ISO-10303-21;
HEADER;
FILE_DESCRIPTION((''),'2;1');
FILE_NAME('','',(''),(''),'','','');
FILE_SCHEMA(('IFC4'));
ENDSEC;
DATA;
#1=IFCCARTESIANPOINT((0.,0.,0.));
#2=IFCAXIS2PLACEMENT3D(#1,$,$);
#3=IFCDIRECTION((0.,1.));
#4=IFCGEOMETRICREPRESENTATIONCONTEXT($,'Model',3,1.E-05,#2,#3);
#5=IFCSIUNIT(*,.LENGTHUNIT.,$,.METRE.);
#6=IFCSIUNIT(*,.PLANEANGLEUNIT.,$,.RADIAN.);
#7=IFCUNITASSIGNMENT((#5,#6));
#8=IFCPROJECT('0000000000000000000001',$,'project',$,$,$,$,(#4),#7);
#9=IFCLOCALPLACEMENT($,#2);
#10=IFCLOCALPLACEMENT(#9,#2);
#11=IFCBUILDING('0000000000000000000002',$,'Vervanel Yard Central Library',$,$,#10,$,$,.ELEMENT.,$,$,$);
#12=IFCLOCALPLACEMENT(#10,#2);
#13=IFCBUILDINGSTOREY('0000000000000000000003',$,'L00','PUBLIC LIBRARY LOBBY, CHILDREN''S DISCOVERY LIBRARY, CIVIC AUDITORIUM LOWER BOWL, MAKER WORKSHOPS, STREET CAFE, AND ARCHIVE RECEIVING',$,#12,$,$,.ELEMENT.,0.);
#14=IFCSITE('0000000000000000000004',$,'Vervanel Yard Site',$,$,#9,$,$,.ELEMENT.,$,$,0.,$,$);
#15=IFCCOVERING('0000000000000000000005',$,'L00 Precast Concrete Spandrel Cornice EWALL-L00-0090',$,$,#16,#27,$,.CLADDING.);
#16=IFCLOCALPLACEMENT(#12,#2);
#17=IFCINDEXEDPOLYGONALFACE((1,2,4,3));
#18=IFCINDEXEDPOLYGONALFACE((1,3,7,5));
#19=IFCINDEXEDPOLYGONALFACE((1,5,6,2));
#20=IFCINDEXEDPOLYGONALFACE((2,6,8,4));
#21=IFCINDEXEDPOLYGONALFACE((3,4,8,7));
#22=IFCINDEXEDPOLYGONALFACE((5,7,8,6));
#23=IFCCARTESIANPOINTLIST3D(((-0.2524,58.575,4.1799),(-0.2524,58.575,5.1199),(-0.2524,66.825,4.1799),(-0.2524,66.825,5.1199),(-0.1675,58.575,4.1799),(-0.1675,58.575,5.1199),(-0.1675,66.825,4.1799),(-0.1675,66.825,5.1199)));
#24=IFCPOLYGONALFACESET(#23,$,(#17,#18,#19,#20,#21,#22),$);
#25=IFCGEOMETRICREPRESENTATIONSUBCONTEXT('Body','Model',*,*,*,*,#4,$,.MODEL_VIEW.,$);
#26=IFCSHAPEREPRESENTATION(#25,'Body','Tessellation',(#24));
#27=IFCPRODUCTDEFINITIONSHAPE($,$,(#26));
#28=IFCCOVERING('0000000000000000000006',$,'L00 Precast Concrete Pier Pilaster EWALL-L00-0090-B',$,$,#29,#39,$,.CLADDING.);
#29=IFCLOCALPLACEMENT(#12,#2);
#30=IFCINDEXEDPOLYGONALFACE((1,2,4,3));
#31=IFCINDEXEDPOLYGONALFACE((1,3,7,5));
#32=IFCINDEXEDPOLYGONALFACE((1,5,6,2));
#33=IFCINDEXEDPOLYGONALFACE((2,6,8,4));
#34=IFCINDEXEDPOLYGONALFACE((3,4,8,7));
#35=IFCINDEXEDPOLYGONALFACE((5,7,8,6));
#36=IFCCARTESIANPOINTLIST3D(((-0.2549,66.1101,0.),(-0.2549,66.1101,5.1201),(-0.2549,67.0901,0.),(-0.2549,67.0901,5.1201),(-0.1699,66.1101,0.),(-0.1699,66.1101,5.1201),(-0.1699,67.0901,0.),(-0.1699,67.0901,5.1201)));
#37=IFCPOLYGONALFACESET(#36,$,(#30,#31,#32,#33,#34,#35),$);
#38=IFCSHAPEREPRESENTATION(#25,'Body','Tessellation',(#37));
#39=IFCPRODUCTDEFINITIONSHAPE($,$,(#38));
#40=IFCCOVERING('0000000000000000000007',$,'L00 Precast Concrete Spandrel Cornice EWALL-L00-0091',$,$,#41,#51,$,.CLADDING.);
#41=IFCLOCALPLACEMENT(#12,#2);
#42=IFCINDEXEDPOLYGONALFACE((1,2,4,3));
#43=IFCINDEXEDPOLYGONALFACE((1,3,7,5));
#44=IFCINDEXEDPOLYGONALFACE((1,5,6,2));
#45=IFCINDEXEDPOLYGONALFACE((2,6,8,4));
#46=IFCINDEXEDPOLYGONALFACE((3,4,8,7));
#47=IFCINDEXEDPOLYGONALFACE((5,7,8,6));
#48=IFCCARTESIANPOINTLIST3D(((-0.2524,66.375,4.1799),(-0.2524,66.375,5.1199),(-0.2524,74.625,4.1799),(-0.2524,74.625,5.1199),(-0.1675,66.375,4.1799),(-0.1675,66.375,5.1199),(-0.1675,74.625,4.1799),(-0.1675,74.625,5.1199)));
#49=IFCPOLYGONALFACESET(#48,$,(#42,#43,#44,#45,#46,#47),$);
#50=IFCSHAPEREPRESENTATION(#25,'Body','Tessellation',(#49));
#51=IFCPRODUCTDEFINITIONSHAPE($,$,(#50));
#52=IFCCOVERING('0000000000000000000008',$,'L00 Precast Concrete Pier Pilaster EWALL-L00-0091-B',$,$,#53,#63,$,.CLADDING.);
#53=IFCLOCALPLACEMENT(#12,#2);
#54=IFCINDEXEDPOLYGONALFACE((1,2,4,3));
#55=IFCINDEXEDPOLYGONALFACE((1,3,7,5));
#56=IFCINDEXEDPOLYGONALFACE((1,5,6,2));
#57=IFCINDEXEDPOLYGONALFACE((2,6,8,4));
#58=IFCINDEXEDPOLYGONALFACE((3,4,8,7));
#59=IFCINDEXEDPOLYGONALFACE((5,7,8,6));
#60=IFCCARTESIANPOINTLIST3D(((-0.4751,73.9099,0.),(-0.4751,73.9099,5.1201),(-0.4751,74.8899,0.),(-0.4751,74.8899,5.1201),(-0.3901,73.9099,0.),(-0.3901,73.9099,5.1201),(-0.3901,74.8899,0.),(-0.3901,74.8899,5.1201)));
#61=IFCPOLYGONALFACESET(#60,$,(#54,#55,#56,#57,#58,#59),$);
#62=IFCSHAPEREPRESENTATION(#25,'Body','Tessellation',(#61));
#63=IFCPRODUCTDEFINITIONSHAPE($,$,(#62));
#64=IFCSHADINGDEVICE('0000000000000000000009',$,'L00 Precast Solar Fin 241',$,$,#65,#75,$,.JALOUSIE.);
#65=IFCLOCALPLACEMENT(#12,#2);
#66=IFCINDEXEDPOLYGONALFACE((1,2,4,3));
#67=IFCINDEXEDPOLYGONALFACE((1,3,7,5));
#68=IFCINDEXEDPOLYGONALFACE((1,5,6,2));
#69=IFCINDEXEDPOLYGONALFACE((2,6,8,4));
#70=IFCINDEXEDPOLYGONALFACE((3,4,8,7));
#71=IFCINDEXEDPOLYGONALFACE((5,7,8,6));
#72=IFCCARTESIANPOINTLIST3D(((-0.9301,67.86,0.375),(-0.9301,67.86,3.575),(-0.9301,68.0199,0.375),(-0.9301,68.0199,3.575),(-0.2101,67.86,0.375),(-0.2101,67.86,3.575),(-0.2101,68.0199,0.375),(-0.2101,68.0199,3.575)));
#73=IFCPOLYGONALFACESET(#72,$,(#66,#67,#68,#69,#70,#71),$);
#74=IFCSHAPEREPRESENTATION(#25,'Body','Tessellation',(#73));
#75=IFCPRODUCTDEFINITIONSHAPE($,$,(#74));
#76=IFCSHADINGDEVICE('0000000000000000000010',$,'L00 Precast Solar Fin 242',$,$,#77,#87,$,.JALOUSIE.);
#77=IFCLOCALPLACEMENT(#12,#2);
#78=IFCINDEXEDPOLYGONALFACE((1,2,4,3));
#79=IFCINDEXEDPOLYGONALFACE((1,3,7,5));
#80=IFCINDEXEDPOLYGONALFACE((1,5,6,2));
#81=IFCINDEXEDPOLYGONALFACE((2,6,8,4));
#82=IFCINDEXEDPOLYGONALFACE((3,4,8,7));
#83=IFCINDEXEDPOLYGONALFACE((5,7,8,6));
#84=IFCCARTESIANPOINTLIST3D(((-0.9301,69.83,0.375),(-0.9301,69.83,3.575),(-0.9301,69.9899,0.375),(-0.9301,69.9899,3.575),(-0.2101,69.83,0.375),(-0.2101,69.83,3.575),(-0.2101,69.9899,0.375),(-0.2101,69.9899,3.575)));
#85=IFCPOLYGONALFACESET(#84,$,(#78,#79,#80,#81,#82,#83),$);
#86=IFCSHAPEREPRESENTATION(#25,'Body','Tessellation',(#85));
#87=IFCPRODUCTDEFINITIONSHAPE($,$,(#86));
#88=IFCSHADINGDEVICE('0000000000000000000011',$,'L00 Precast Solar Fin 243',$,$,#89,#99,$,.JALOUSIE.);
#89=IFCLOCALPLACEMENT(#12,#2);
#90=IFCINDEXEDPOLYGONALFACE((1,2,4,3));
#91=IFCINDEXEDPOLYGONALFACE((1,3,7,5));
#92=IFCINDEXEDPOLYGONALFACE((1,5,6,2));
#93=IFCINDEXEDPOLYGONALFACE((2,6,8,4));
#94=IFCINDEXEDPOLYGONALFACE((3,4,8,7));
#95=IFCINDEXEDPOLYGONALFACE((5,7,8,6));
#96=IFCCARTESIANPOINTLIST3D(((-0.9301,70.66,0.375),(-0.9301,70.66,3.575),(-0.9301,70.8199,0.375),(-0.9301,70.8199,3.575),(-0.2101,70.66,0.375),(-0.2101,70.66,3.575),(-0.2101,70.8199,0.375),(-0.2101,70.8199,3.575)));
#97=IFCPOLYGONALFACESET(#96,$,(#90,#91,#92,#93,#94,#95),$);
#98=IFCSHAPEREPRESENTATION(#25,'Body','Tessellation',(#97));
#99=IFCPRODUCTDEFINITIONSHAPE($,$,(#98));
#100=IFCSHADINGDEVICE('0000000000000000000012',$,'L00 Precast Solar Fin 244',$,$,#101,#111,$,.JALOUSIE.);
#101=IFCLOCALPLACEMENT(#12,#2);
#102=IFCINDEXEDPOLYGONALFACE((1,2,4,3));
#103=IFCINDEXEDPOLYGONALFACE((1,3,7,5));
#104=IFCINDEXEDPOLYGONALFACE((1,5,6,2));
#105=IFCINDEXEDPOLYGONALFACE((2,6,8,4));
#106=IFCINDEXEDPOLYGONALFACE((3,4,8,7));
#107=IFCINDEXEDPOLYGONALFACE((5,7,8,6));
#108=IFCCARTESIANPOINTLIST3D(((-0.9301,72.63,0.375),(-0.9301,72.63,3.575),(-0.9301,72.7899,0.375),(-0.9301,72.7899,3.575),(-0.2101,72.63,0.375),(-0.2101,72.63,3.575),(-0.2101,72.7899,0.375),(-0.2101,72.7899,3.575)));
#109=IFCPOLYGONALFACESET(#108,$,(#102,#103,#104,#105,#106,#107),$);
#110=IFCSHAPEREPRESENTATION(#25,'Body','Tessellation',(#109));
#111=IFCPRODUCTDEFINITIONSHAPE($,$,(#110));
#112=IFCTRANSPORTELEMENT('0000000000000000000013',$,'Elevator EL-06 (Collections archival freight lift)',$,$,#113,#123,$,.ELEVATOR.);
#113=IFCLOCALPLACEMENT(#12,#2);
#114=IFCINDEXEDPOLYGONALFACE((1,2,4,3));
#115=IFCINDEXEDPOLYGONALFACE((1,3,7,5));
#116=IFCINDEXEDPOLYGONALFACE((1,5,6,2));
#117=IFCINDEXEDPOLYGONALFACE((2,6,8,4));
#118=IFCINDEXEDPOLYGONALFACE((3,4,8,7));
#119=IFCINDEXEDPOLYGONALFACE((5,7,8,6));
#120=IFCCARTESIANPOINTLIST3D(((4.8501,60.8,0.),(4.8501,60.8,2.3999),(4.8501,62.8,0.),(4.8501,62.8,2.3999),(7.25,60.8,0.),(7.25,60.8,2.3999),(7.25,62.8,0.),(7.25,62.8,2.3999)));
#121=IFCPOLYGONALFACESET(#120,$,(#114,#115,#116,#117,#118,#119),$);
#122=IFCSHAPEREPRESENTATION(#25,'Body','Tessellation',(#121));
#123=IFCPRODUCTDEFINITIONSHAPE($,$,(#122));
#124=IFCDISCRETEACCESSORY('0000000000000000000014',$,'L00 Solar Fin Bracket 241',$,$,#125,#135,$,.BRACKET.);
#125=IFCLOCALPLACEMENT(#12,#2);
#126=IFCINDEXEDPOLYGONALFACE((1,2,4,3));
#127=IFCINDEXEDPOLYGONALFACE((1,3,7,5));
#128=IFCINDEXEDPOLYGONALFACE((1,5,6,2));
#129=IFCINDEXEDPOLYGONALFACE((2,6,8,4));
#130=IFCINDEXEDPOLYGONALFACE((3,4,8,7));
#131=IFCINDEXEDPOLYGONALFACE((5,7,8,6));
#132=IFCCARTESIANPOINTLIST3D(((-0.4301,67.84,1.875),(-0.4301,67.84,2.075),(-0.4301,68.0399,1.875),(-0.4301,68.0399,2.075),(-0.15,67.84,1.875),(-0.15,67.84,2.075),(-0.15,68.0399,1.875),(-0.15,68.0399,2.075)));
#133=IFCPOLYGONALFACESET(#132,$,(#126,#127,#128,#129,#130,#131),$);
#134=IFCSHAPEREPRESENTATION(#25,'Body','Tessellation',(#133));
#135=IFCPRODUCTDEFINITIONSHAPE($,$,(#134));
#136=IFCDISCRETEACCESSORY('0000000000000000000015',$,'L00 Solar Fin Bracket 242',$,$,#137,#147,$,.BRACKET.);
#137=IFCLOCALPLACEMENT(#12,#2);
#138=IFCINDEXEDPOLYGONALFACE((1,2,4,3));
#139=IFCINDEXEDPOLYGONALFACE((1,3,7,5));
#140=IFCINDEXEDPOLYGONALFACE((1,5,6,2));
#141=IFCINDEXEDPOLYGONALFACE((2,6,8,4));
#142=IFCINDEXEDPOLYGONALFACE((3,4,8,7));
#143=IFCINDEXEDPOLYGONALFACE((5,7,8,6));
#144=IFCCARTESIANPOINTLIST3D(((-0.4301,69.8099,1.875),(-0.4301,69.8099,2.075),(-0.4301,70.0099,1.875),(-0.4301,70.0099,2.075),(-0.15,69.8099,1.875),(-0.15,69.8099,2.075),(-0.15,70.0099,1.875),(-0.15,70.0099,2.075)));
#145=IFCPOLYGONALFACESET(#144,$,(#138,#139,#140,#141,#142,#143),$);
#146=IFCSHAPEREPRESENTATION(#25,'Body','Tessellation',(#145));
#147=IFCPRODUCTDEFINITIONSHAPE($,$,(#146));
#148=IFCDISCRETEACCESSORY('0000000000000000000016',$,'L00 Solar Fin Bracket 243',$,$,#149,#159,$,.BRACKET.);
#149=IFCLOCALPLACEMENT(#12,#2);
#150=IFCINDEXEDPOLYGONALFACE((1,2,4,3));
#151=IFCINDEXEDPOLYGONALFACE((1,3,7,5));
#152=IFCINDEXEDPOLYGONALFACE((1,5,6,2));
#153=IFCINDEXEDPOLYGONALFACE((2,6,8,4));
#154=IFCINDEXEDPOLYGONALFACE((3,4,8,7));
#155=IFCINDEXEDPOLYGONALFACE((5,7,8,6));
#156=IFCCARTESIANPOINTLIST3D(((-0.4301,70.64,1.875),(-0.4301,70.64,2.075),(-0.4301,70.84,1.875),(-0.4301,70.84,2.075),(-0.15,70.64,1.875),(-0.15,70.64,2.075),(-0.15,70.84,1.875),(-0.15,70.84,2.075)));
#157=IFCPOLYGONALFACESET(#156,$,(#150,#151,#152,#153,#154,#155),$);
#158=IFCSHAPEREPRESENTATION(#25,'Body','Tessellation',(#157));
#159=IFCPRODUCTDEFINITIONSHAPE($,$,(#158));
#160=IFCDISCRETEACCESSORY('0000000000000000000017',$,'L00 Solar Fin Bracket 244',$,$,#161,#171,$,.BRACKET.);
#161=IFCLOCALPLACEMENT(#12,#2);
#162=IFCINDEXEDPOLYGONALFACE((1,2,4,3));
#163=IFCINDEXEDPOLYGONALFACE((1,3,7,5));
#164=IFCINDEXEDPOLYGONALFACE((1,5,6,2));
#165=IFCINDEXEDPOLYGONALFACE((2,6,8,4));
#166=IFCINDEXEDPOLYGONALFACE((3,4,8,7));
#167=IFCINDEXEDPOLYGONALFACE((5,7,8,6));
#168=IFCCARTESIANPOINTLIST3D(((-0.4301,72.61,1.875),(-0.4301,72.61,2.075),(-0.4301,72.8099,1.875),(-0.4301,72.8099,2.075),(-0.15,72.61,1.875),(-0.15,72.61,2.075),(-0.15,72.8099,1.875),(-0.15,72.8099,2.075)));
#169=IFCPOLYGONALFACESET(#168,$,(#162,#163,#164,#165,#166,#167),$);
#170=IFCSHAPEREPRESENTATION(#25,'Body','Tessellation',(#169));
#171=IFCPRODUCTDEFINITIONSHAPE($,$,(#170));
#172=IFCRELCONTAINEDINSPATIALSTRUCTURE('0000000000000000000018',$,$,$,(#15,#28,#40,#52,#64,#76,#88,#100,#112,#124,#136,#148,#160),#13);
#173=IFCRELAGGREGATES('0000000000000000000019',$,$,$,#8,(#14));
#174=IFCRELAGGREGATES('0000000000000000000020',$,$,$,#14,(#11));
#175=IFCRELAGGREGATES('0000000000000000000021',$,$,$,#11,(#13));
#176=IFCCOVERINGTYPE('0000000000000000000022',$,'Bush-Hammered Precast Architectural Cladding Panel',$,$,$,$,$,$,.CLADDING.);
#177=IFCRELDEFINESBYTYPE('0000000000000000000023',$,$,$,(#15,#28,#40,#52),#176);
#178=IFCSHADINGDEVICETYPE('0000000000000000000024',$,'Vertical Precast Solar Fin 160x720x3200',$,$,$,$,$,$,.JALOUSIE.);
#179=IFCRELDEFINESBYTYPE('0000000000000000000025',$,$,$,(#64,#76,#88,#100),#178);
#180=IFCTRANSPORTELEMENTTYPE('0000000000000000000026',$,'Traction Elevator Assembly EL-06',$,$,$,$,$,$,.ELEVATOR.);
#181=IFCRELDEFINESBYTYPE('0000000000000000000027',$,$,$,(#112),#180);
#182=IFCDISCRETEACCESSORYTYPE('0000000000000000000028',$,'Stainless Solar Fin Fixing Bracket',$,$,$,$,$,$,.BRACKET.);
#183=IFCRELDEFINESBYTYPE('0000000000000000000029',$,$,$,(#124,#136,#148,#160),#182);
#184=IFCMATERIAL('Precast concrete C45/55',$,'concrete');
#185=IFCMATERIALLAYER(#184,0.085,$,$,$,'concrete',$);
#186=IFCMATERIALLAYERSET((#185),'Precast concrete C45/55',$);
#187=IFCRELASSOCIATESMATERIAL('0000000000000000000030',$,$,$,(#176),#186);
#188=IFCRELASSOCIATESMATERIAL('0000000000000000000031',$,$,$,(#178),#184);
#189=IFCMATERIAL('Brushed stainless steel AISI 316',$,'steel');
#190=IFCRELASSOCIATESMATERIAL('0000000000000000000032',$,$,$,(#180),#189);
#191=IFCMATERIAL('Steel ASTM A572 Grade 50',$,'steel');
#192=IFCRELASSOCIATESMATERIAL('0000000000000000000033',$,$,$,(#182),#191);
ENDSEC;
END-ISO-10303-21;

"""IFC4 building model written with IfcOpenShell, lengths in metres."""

from ifc_helpers import new_model, si_unit, direction, frame, origin, origin_2d, place, context, subcontext, project, spatial, rectangle, extrude, material, layer, layer_set, type_object, element, save


model = new_model("IFC4")

# Units and contexts
model_context = context("Model", 3, precision=1e-05, world=origin(), true_north=direction((0.0, 1.0)))
body_context = subcontext(model_context, "Body", "Model", "MODEL_VIEW")
ifc_project = project(units=[si_unit("LENGTHUNIT", "METRE"), si_unit("PLANEANGLEUNIT", "RADIAN")], contexts=[model_context])

# Site, building, storey
site_placement = place(None, origin())
site = spatial("IfcSite", under=ifc_project, at=site_placement, Name="Vervanel Yard Site", CompositionType="ELEMENT", RefElevation=0.0)
building_placement = place(site_placement, origin())
building = spatial("IfcBuilding", under=site, at=building_placement, Name="Vervanel Yard Central Library", CompositionType="ELEMENT")
storey_placement = place(building_placement, origin())
storey = spatial("IfcBuildingStorey", under=building, at=storey_placement, Name="L00", Description="PUBLIC LIBRARY LOBBY, CHILDREN'S DISCOVERY LIBRARY, CIVIC AUDITORIUM LOWER BOWL, MAKER WORKSHOPS, STREET CAFE, AND ARCHIVE RECEIVING", CompositionType="ELEMENT", Elevation=0.0)

# Shared definitions
ifc_material_1 = material(Name="Brushed stainless steel AISI 316", Category="steel")

# Coverings
ifc_material_2 = material(Name="Precast concrete C45/55", Category="concrete")
ifc_layer_1 = layer(ifc_material_2, 0.085, Category="concrete")
ifc_layer_set_1 = layer_set([ifc_layer_1], Name="Precast concrete C45/55")
covering_type = type_object("IfcCoveringType", Name="Bush-Hammered Precast Architectural Cladding Panel", PredefinedType="CLADDING", material=ifc_layer_set_1)
covering_1_placement = place(storey_placement, frame((-0.21, 62.7, 4.1799), z_axis=(0.0, 0.0, 1.0), x_axis=(0.0, 1.0, 0.0)))
element("IfcCovering", 1, at=covering_1_placement, inside=storey, type_object=covering_type, Name="L00 Precast Concrete Spandrel Cornice EWALL-L00-0090", PredefinedType="CLADDING", context=body_context, shape_type="SweptSolid", body=[
    extrude(rectangle(XDim=8.25, YDim=0.085, at=origin_2d()), origin(), (0.0, 0.0, 1.0), 0.9399),
])
covering_2_placement = place(storey_placement, frame((-0.2124, 66.6001, 0.0), z_axis=(0.0, 0.0, 1.0), x_axis=(0.0, 1.0, 0.0)))
element("IfcCovering", 2, at=covering_2_placement, inside=storey, type_object=covering_type, Name="L00 Precast Concrete Pier Pilaster EWALL-L00-0090-B", PredefinedType="CLADDING", context=body_context, shape_type="SweptSolid", body=[
    extrude(rectangle(XDim=0.98, YDim=0.085, at=origin_2d()), origin(), (0.0, 0.0, 1.0), 5.1201),
])
covering_3_placement = place(storey_placement, frame((-0.21, 70.5, 4.1799), z_axis=(0.0, 0.0, 1.0), x_axis=(0.0, 1.0, 0.0)))
element("IfcCovering", 3, at=covering_3_placement, inside=storey, type_object=covering_type, Name="L00 Precast Concrete Spandrel Cornice EWALL-L00-0091", PredefinedType="CLADDING", context=body_context, shape_type="SweptSolid", body=[
    extrude(rectangle(XDim=8.25, YDim=0.085, at=origin_2d()), origin(), (0.0, 0.0, 1.0), 0.9399),
])
covering_4_placement = place(storey_placement, frame((-0.4326, 74.3999, 0.0), z_axis=(0.0, 0.0, 1.0), x_axis=(0.0, 1.0, 0.0)))
element("IfcCovering", 4, at=covering_4_placement, inside=storey, type_object=covering_type, Name="L00 Precast Concrete Pier Pilaster EWALL-L00-0091-B", PredefinedType="CLADDING", context=body_context, shape_type="SweptSolid", body=[
    extrude(rectangle(XDim=0.98, YDim=0.085, at=origin_2d()), origin(), (0.0, 0.0, 1.0), 5.1201),
])

# Shading devices
shading_device_type = type_object("IfcShadingDeviceType", Name="Vertical Precast Solar Fin 160x720x3200", PredefinedType="JALOUSIE", material=ifc_material_2)
for number, where, z_axis, x_axis, name in (
    (5, (-0.5701, 67.9399, 0.375), (0.0, 0.0, 1.0), (0.0, 1.0, 0.0), "L00 Precast Solar Fin 241"),
    (6, (-0.5701, 69.9099, 0.375), (0.0, 0.0, 1.0), (0.0, 1.0, 0.0), "L00 Precast Solar Fin 242"),
    (7, (-0.5701, 70.74, 0.375), (0.0, 0.0, 1.0), (0.0, 1.0, 0.0), "L00 Precast Solar Fin 243"),
    (8, (-0.5701, 72.71, 0.375), (0.0, 0.0, 1.0), (0.0, 1.0, 0.0), "L00 Precast Solar Fin 244"),
):
    element("IfcShadingDevice", number, at=place(storey_placement, frame(where, z_axis=z_axis, x_axis=x_axis)), inside=storey, type_object=shading_device_type, Name=name, PredefinedType="JALOUSIE", context=body_context, shape_type="SweptSolid", body=[
        extrude(rectangle(XDim=0.1599, YDim=0.72, at=origin_2d()), origin(), (0.0, 0.0, 1.0), 3.2),
    ])

# Transport element
transport_element_type = type_object("IfcTransportElementType", Name="Traction Elevator Assembly EL-06", PredefinedType="ELEVATOR", material=ifc_material_1)
transport_element_placement = place(storey_placement, frame((6.05, 61.8, 0.0), z_axis=(0.0, 0.0, 1.0), x_axis=(1.0, 0.0, 0.0)))
element("IfcTransportElement", 9, at=transport_element_placement, inside=storey, type_object=transport_element_type, Name="Elevator EL-06 (Collections archival freight lift)", PredefinedType="ELEVATOR", context=body_context, shape_type="SweptSolid", body=[
    extrude(rectangle(XDim=2.3999, YDim=2.0, at=origin_2d()), origin(), (0.0, 0.0, 1.0), 2.3999),
])

# Discrete accessories
ifc_material_3 = material(Name="Steel ASTM A572 Grade 50", Category="steel")
discrete_accessory_type = type_object("IfcDiscreteAccessoryType", Name="Stainless Solar Fin Fixing Bracket", PredefinedType="BRACKET", material=ifc_material_3)
for number, where, z_axis, x_axis, name in (
    (10, (-0.29, 67.9399, 1.875), (0.0, 0.0, 1.0), (0.0, 1.0, 0.0), "L00 Solar Fin Bracket 241"),
    (11, (-0.29, 69.9099, 1.875), (0.0, 0.0, 1.0), (0.0, 1.0, 0.0), "L00 Solar Fin Bracket 242"),
    (12, (-0.29, 70.74, 1.875), (0.0, 0.0, 1.0), (0.0, 1.0, 0.0), "L00 Solar Fin Bracket 243"),
    (13, (-0.29, 72.71, 1.875), (0.0, 0.0, 1.0), (0.0, 1.0, 0.0), "L00 Solar Fin Bracket 244"),
):
    element("IfcDiscreteAccessory", number, at=place(storey_placement, frame(where, z_axis=z_axis, x_axis=x_axis)), inside=storey, type_object=discrete_accessory_type, Name=name, PredefinedType="BRACKET", context=body_context, shape_type="SweptSolid", body=[
        extrude(rectangle(XDim=0.2, YDim=0.28, at=origin_2d()), origin(), (0.0, 0.0, 1.0), 0.2),
    ])

save(model, "model.ifc")
